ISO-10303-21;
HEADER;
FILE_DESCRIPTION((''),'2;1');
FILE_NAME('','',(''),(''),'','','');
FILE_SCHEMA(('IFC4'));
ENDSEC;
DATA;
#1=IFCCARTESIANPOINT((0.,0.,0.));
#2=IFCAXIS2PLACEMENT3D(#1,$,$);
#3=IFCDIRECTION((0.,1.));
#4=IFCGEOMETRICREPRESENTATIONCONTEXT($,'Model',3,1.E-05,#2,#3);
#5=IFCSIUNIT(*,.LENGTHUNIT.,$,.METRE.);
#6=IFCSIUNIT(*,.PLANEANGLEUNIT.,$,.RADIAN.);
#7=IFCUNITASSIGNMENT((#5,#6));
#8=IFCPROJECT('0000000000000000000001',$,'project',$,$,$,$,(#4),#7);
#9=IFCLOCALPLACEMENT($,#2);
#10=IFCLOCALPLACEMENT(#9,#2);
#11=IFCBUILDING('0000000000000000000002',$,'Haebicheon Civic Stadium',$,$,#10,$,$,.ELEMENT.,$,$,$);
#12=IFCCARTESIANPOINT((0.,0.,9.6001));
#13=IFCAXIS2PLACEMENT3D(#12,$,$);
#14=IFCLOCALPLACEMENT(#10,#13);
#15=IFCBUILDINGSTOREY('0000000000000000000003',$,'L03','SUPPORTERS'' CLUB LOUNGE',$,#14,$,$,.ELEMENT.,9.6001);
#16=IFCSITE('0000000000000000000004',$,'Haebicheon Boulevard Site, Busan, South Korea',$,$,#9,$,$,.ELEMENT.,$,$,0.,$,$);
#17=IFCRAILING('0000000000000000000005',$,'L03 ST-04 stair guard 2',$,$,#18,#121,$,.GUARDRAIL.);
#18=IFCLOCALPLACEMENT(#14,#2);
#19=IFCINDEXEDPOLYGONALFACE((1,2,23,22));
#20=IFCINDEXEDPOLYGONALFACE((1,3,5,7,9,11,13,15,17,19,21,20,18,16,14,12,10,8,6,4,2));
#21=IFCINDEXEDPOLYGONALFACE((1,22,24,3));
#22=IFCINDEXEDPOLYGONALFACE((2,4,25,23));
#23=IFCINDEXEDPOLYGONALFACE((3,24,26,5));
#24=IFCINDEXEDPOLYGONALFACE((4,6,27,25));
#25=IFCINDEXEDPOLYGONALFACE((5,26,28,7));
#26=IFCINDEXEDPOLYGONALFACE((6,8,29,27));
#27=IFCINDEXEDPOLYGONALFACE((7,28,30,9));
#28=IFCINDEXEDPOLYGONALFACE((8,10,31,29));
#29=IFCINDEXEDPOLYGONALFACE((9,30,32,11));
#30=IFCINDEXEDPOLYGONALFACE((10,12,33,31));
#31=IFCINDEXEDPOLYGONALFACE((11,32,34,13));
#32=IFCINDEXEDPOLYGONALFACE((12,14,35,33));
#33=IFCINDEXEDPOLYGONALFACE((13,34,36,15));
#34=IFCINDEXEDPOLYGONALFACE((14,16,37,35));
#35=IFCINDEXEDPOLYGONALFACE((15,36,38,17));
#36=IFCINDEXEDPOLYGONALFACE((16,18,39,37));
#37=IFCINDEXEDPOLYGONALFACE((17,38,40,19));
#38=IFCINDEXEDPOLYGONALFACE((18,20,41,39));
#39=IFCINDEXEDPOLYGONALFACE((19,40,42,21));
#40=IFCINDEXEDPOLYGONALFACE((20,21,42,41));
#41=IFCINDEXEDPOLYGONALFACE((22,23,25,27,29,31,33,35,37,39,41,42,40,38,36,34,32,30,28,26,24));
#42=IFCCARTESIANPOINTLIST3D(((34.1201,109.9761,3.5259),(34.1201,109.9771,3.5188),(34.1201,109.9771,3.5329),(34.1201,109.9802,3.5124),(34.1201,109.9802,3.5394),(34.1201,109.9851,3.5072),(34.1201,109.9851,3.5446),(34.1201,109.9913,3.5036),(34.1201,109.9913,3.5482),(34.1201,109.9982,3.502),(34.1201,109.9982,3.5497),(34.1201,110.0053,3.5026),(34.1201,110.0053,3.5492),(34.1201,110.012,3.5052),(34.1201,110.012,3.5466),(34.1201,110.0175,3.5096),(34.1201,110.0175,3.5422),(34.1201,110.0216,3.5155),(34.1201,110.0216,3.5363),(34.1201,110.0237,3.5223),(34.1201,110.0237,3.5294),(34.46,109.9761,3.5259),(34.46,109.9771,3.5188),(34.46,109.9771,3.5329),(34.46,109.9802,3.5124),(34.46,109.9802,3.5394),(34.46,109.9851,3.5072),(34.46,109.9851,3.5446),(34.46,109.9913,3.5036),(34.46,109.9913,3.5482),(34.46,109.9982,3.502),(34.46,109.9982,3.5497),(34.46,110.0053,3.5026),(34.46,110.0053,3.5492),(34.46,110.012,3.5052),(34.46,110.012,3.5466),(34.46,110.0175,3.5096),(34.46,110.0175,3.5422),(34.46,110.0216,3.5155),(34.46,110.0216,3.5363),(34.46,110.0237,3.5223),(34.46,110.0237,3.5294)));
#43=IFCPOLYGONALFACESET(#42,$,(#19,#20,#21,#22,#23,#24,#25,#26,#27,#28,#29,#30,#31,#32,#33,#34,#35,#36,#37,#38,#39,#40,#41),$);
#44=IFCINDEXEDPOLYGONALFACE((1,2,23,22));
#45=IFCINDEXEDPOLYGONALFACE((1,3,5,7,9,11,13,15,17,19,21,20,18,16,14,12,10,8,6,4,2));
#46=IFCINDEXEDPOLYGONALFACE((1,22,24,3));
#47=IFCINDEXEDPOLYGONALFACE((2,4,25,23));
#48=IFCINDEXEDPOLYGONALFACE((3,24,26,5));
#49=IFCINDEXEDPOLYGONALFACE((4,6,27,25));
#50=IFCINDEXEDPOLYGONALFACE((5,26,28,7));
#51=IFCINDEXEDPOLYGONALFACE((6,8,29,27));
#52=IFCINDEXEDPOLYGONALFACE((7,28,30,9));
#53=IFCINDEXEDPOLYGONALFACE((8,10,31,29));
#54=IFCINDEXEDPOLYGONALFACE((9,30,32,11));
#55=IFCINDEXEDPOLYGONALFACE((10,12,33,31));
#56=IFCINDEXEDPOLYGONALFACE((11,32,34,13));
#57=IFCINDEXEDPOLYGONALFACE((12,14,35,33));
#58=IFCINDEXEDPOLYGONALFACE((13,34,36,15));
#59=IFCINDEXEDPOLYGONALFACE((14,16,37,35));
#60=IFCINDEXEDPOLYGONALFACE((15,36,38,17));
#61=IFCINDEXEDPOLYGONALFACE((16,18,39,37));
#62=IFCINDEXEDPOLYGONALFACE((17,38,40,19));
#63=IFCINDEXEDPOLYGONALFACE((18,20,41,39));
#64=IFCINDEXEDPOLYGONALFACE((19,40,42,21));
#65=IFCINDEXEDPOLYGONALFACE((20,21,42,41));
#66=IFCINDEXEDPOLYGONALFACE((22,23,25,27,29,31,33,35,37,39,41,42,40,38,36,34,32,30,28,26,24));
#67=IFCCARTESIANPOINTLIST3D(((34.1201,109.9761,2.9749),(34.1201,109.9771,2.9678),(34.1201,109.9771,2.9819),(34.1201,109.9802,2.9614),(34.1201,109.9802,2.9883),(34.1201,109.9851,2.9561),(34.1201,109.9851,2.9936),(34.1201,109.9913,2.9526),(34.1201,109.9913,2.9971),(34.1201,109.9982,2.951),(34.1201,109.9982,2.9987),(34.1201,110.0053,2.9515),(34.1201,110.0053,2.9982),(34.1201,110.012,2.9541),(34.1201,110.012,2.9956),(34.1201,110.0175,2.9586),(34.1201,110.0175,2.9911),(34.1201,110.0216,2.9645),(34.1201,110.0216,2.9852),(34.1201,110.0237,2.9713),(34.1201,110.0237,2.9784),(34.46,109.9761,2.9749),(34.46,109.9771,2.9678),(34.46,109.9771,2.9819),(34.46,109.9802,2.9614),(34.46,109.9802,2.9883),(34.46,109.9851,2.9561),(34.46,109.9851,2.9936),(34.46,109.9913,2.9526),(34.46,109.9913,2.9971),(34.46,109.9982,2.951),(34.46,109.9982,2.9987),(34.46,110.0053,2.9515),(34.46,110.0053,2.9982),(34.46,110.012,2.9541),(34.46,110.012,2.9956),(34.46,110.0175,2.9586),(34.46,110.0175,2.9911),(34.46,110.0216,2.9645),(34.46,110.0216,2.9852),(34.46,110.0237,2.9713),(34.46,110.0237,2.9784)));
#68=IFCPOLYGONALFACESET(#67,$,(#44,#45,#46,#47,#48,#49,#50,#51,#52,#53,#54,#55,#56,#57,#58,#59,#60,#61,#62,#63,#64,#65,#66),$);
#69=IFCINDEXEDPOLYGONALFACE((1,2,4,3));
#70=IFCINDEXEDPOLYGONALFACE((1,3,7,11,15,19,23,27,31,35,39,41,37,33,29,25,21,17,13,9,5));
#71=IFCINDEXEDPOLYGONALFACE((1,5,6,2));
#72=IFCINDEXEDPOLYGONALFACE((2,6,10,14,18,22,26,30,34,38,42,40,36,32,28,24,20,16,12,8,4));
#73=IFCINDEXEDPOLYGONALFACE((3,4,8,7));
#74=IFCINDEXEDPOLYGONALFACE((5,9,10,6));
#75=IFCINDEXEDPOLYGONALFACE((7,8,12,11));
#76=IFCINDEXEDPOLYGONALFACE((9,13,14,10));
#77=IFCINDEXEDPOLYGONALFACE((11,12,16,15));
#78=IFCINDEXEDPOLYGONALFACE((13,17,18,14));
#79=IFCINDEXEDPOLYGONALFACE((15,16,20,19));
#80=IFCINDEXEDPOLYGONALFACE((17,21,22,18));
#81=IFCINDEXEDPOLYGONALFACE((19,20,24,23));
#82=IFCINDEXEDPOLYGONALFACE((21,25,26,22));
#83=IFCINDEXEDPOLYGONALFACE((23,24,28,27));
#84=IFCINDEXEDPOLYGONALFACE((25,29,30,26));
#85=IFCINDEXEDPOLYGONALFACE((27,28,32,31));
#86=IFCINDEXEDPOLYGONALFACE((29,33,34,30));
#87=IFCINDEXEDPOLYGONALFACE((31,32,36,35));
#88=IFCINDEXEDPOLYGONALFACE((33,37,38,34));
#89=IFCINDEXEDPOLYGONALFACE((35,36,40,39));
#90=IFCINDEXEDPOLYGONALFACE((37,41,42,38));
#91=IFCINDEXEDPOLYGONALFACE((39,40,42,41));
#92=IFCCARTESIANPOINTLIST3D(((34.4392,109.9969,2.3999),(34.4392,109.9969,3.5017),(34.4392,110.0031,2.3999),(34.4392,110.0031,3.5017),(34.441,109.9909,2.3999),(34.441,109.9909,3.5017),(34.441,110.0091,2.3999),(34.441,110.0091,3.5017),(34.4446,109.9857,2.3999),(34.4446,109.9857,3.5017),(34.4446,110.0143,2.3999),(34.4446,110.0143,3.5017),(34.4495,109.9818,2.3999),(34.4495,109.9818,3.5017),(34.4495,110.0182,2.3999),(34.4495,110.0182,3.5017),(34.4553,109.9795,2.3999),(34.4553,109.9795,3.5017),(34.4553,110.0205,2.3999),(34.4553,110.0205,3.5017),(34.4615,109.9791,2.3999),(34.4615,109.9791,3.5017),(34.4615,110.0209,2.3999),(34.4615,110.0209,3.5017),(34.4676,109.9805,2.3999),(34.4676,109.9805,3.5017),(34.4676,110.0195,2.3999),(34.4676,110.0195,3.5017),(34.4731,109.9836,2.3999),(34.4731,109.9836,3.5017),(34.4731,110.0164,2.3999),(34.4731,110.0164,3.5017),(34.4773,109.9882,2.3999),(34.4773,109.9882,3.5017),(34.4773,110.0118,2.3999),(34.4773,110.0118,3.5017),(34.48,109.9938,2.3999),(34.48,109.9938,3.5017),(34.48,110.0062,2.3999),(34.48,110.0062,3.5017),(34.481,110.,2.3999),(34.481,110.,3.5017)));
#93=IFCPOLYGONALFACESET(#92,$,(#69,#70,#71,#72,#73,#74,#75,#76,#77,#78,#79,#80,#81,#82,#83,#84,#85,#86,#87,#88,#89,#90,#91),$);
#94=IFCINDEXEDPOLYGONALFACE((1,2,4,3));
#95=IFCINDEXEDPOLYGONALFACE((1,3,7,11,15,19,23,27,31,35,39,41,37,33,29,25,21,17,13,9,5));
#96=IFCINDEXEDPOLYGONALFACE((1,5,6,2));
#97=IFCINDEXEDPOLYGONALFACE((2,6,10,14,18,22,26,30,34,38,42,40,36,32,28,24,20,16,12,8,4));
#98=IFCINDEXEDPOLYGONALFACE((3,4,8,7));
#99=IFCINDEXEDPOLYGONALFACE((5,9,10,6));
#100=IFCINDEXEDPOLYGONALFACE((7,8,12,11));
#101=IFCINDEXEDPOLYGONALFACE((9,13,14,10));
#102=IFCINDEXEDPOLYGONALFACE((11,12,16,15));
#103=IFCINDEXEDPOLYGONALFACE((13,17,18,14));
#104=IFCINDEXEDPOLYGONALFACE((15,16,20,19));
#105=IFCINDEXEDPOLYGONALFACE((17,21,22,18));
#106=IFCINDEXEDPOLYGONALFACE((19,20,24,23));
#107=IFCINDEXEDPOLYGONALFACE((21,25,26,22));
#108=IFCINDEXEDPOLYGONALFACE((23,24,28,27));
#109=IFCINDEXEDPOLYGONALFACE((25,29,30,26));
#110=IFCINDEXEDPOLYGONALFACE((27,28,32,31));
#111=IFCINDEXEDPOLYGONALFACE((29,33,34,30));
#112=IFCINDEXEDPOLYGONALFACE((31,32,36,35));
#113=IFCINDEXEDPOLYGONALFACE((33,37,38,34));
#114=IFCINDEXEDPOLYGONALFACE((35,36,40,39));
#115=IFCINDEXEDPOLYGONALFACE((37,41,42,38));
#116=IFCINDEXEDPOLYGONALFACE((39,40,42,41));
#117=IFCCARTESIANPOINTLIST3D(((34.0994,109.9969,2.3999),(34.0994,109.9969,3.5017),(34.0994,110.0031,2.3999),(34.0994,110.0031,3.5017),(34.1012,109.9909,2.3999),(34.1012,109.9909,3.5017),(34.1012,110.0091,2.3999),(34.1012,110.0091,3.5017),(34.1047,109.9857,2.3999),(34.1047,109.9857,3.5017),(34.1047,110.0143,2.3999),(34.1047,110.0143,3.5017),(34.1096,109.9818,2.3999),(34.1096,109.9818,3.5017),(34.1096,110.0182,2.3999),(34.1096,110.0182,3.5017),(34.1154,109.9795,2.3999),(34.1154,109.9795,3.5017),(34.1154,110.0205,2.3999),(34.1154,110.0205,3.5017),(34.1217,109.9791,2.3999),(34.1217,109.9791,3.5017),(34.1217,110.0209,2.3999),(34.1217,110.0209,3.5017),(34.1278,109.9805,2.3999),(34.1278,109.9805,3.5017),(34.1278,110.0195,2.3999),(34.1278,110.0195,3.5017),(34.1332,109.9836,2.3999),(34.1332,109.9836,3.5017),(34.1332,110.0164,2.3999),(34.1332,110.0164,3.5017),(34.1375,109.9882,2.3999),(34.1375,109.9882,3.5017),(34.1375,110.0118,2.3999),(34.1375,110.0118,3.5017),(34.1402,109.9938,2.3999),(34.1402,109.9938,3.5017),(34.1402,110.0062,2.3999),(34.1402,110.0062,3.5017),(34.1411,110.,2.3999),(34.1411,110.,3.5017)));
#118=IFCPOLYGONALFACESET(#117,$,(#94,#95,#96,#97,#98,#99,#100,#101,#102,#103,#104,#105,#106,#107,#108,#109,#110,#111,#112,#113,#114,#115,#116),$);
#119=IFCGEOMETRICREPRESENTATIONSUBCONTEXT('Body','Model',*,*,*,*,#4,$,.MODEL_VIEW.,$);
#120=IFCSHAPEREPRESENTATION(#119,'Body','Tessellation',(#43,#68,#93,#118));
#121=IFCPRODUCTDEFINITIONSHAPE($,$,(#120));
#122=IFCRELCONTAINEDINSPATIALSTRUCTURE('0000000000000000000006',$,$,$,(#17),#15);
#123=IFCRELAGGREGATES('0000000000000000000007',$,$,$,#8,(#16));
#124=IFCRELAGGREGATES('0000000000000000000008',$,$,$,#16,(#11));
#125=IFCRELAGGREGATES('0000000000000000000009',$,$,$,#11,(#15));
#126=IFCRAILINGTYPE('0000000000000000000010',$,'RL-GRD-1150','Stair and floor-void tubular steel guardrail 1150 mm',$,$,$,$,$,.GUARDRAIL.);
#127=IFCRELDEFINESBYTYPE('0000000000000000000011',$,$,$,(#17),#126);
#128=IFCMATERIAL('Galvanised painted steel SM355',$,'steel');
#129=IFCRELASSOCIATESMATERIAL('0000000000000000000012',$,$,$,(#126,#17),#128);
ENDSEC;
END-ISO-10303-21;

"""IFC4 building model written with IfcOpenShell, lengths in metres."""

from ifc_helpers import new_model, si_unit, direction, frame, origin, origin_2d, place, context, subcontext, project, spatial, circle, extrude, material, type_object, element, save


model = new_model("IFC4")

# Units and contexts
model_context = context("Model", 3, precision=1e-05, world=origin(), true_north=direction((0.0, 1.0)))
body_context = subcontext(model_context, "Body", "Model", "MODEL_VIEW")
ifc_project = project(units=[si_unit("LENGTHUNIT", "METRE"), si_unit("PLANEANGLEUNIT", "RADIAN")], contexts=[model_context])

# Site, building, storey
site_placement = place(None, origin())
site = spatial("IfcSite", under=ifc_project, at=site_placement, Name="Haebicheon Boulevard Site, Busan, South Korea", CompositionType="ELEMENT", RefElevation=0.0)
building_placement = place(site_placement, origin())
building = spatial("IfcBuilding", under=site, at=building_placement, Name="Haebicheon Civic Stadium", CompositionType="ELEMENT")
storey_placement = place(building_placement, frame((0.0, 0.0, 9.6001)))
storey = spatial("IfcBuildingStorey", under=building, at=storey_placement, Name="L03", Description="SUPPORTERS' CLUB LOUNGE", CompositionType="ELEMENT", Elevation=9.6001)

# Railing
ifc_material_1 = material(Name="Galvanised painted steel SM355", Category="steel")
railing_type_1 = type_object("IfcRailingType", Name="RL-GRD-1150", Description="Stair and floor-void tubular steel guardrail 1150 mm", PredefinedType="GUARDRAIL", material=ifc_material_1)
railing_1_placement = place(storey_placement, frame((34.46, 110.0, 2.3999)))
element("IfcRailing", 1, at=railing_1_placement, inside=storey, type_object=railing_type_1, material=ifc_material_1, Name="L03 ST-04 stair guard 2", PredefinedType="GUARDRAIL", context=body_context, shape_type="SweptSolid", body=[
    extrude(circle(Radius=0.0239, at=origin_2d()), frame((0.0, 0.0, 1.126), z_axis=(-1.0, 0.0, 0.0), x_axis=(0.0, -1.0, 0.0)), (0.0, 0.0, 1.0), 0.3398),
    extrude(circle(Radius=0.0239, at=origin_2d()), frame((0.0, 0.0, 0.575), z_axis=(-1.0, 0.0, 0.0), x_axis=(0.0, -1.0, 0.0)), (0.0, 0.0, 1.0), 0.3398),
    extrude(circle(Radius=0.021, at=origin_2d()), origin(), (0.0, 0.0, 1.0), 1.1018),
    extrude(circle(Radius=0.021, at=origin_2d()), frame((-0.3398, 0.0, 0.0)), (0.0, 0.0, 1.0), 1.1018),
])

save(model, "model.ifc")
